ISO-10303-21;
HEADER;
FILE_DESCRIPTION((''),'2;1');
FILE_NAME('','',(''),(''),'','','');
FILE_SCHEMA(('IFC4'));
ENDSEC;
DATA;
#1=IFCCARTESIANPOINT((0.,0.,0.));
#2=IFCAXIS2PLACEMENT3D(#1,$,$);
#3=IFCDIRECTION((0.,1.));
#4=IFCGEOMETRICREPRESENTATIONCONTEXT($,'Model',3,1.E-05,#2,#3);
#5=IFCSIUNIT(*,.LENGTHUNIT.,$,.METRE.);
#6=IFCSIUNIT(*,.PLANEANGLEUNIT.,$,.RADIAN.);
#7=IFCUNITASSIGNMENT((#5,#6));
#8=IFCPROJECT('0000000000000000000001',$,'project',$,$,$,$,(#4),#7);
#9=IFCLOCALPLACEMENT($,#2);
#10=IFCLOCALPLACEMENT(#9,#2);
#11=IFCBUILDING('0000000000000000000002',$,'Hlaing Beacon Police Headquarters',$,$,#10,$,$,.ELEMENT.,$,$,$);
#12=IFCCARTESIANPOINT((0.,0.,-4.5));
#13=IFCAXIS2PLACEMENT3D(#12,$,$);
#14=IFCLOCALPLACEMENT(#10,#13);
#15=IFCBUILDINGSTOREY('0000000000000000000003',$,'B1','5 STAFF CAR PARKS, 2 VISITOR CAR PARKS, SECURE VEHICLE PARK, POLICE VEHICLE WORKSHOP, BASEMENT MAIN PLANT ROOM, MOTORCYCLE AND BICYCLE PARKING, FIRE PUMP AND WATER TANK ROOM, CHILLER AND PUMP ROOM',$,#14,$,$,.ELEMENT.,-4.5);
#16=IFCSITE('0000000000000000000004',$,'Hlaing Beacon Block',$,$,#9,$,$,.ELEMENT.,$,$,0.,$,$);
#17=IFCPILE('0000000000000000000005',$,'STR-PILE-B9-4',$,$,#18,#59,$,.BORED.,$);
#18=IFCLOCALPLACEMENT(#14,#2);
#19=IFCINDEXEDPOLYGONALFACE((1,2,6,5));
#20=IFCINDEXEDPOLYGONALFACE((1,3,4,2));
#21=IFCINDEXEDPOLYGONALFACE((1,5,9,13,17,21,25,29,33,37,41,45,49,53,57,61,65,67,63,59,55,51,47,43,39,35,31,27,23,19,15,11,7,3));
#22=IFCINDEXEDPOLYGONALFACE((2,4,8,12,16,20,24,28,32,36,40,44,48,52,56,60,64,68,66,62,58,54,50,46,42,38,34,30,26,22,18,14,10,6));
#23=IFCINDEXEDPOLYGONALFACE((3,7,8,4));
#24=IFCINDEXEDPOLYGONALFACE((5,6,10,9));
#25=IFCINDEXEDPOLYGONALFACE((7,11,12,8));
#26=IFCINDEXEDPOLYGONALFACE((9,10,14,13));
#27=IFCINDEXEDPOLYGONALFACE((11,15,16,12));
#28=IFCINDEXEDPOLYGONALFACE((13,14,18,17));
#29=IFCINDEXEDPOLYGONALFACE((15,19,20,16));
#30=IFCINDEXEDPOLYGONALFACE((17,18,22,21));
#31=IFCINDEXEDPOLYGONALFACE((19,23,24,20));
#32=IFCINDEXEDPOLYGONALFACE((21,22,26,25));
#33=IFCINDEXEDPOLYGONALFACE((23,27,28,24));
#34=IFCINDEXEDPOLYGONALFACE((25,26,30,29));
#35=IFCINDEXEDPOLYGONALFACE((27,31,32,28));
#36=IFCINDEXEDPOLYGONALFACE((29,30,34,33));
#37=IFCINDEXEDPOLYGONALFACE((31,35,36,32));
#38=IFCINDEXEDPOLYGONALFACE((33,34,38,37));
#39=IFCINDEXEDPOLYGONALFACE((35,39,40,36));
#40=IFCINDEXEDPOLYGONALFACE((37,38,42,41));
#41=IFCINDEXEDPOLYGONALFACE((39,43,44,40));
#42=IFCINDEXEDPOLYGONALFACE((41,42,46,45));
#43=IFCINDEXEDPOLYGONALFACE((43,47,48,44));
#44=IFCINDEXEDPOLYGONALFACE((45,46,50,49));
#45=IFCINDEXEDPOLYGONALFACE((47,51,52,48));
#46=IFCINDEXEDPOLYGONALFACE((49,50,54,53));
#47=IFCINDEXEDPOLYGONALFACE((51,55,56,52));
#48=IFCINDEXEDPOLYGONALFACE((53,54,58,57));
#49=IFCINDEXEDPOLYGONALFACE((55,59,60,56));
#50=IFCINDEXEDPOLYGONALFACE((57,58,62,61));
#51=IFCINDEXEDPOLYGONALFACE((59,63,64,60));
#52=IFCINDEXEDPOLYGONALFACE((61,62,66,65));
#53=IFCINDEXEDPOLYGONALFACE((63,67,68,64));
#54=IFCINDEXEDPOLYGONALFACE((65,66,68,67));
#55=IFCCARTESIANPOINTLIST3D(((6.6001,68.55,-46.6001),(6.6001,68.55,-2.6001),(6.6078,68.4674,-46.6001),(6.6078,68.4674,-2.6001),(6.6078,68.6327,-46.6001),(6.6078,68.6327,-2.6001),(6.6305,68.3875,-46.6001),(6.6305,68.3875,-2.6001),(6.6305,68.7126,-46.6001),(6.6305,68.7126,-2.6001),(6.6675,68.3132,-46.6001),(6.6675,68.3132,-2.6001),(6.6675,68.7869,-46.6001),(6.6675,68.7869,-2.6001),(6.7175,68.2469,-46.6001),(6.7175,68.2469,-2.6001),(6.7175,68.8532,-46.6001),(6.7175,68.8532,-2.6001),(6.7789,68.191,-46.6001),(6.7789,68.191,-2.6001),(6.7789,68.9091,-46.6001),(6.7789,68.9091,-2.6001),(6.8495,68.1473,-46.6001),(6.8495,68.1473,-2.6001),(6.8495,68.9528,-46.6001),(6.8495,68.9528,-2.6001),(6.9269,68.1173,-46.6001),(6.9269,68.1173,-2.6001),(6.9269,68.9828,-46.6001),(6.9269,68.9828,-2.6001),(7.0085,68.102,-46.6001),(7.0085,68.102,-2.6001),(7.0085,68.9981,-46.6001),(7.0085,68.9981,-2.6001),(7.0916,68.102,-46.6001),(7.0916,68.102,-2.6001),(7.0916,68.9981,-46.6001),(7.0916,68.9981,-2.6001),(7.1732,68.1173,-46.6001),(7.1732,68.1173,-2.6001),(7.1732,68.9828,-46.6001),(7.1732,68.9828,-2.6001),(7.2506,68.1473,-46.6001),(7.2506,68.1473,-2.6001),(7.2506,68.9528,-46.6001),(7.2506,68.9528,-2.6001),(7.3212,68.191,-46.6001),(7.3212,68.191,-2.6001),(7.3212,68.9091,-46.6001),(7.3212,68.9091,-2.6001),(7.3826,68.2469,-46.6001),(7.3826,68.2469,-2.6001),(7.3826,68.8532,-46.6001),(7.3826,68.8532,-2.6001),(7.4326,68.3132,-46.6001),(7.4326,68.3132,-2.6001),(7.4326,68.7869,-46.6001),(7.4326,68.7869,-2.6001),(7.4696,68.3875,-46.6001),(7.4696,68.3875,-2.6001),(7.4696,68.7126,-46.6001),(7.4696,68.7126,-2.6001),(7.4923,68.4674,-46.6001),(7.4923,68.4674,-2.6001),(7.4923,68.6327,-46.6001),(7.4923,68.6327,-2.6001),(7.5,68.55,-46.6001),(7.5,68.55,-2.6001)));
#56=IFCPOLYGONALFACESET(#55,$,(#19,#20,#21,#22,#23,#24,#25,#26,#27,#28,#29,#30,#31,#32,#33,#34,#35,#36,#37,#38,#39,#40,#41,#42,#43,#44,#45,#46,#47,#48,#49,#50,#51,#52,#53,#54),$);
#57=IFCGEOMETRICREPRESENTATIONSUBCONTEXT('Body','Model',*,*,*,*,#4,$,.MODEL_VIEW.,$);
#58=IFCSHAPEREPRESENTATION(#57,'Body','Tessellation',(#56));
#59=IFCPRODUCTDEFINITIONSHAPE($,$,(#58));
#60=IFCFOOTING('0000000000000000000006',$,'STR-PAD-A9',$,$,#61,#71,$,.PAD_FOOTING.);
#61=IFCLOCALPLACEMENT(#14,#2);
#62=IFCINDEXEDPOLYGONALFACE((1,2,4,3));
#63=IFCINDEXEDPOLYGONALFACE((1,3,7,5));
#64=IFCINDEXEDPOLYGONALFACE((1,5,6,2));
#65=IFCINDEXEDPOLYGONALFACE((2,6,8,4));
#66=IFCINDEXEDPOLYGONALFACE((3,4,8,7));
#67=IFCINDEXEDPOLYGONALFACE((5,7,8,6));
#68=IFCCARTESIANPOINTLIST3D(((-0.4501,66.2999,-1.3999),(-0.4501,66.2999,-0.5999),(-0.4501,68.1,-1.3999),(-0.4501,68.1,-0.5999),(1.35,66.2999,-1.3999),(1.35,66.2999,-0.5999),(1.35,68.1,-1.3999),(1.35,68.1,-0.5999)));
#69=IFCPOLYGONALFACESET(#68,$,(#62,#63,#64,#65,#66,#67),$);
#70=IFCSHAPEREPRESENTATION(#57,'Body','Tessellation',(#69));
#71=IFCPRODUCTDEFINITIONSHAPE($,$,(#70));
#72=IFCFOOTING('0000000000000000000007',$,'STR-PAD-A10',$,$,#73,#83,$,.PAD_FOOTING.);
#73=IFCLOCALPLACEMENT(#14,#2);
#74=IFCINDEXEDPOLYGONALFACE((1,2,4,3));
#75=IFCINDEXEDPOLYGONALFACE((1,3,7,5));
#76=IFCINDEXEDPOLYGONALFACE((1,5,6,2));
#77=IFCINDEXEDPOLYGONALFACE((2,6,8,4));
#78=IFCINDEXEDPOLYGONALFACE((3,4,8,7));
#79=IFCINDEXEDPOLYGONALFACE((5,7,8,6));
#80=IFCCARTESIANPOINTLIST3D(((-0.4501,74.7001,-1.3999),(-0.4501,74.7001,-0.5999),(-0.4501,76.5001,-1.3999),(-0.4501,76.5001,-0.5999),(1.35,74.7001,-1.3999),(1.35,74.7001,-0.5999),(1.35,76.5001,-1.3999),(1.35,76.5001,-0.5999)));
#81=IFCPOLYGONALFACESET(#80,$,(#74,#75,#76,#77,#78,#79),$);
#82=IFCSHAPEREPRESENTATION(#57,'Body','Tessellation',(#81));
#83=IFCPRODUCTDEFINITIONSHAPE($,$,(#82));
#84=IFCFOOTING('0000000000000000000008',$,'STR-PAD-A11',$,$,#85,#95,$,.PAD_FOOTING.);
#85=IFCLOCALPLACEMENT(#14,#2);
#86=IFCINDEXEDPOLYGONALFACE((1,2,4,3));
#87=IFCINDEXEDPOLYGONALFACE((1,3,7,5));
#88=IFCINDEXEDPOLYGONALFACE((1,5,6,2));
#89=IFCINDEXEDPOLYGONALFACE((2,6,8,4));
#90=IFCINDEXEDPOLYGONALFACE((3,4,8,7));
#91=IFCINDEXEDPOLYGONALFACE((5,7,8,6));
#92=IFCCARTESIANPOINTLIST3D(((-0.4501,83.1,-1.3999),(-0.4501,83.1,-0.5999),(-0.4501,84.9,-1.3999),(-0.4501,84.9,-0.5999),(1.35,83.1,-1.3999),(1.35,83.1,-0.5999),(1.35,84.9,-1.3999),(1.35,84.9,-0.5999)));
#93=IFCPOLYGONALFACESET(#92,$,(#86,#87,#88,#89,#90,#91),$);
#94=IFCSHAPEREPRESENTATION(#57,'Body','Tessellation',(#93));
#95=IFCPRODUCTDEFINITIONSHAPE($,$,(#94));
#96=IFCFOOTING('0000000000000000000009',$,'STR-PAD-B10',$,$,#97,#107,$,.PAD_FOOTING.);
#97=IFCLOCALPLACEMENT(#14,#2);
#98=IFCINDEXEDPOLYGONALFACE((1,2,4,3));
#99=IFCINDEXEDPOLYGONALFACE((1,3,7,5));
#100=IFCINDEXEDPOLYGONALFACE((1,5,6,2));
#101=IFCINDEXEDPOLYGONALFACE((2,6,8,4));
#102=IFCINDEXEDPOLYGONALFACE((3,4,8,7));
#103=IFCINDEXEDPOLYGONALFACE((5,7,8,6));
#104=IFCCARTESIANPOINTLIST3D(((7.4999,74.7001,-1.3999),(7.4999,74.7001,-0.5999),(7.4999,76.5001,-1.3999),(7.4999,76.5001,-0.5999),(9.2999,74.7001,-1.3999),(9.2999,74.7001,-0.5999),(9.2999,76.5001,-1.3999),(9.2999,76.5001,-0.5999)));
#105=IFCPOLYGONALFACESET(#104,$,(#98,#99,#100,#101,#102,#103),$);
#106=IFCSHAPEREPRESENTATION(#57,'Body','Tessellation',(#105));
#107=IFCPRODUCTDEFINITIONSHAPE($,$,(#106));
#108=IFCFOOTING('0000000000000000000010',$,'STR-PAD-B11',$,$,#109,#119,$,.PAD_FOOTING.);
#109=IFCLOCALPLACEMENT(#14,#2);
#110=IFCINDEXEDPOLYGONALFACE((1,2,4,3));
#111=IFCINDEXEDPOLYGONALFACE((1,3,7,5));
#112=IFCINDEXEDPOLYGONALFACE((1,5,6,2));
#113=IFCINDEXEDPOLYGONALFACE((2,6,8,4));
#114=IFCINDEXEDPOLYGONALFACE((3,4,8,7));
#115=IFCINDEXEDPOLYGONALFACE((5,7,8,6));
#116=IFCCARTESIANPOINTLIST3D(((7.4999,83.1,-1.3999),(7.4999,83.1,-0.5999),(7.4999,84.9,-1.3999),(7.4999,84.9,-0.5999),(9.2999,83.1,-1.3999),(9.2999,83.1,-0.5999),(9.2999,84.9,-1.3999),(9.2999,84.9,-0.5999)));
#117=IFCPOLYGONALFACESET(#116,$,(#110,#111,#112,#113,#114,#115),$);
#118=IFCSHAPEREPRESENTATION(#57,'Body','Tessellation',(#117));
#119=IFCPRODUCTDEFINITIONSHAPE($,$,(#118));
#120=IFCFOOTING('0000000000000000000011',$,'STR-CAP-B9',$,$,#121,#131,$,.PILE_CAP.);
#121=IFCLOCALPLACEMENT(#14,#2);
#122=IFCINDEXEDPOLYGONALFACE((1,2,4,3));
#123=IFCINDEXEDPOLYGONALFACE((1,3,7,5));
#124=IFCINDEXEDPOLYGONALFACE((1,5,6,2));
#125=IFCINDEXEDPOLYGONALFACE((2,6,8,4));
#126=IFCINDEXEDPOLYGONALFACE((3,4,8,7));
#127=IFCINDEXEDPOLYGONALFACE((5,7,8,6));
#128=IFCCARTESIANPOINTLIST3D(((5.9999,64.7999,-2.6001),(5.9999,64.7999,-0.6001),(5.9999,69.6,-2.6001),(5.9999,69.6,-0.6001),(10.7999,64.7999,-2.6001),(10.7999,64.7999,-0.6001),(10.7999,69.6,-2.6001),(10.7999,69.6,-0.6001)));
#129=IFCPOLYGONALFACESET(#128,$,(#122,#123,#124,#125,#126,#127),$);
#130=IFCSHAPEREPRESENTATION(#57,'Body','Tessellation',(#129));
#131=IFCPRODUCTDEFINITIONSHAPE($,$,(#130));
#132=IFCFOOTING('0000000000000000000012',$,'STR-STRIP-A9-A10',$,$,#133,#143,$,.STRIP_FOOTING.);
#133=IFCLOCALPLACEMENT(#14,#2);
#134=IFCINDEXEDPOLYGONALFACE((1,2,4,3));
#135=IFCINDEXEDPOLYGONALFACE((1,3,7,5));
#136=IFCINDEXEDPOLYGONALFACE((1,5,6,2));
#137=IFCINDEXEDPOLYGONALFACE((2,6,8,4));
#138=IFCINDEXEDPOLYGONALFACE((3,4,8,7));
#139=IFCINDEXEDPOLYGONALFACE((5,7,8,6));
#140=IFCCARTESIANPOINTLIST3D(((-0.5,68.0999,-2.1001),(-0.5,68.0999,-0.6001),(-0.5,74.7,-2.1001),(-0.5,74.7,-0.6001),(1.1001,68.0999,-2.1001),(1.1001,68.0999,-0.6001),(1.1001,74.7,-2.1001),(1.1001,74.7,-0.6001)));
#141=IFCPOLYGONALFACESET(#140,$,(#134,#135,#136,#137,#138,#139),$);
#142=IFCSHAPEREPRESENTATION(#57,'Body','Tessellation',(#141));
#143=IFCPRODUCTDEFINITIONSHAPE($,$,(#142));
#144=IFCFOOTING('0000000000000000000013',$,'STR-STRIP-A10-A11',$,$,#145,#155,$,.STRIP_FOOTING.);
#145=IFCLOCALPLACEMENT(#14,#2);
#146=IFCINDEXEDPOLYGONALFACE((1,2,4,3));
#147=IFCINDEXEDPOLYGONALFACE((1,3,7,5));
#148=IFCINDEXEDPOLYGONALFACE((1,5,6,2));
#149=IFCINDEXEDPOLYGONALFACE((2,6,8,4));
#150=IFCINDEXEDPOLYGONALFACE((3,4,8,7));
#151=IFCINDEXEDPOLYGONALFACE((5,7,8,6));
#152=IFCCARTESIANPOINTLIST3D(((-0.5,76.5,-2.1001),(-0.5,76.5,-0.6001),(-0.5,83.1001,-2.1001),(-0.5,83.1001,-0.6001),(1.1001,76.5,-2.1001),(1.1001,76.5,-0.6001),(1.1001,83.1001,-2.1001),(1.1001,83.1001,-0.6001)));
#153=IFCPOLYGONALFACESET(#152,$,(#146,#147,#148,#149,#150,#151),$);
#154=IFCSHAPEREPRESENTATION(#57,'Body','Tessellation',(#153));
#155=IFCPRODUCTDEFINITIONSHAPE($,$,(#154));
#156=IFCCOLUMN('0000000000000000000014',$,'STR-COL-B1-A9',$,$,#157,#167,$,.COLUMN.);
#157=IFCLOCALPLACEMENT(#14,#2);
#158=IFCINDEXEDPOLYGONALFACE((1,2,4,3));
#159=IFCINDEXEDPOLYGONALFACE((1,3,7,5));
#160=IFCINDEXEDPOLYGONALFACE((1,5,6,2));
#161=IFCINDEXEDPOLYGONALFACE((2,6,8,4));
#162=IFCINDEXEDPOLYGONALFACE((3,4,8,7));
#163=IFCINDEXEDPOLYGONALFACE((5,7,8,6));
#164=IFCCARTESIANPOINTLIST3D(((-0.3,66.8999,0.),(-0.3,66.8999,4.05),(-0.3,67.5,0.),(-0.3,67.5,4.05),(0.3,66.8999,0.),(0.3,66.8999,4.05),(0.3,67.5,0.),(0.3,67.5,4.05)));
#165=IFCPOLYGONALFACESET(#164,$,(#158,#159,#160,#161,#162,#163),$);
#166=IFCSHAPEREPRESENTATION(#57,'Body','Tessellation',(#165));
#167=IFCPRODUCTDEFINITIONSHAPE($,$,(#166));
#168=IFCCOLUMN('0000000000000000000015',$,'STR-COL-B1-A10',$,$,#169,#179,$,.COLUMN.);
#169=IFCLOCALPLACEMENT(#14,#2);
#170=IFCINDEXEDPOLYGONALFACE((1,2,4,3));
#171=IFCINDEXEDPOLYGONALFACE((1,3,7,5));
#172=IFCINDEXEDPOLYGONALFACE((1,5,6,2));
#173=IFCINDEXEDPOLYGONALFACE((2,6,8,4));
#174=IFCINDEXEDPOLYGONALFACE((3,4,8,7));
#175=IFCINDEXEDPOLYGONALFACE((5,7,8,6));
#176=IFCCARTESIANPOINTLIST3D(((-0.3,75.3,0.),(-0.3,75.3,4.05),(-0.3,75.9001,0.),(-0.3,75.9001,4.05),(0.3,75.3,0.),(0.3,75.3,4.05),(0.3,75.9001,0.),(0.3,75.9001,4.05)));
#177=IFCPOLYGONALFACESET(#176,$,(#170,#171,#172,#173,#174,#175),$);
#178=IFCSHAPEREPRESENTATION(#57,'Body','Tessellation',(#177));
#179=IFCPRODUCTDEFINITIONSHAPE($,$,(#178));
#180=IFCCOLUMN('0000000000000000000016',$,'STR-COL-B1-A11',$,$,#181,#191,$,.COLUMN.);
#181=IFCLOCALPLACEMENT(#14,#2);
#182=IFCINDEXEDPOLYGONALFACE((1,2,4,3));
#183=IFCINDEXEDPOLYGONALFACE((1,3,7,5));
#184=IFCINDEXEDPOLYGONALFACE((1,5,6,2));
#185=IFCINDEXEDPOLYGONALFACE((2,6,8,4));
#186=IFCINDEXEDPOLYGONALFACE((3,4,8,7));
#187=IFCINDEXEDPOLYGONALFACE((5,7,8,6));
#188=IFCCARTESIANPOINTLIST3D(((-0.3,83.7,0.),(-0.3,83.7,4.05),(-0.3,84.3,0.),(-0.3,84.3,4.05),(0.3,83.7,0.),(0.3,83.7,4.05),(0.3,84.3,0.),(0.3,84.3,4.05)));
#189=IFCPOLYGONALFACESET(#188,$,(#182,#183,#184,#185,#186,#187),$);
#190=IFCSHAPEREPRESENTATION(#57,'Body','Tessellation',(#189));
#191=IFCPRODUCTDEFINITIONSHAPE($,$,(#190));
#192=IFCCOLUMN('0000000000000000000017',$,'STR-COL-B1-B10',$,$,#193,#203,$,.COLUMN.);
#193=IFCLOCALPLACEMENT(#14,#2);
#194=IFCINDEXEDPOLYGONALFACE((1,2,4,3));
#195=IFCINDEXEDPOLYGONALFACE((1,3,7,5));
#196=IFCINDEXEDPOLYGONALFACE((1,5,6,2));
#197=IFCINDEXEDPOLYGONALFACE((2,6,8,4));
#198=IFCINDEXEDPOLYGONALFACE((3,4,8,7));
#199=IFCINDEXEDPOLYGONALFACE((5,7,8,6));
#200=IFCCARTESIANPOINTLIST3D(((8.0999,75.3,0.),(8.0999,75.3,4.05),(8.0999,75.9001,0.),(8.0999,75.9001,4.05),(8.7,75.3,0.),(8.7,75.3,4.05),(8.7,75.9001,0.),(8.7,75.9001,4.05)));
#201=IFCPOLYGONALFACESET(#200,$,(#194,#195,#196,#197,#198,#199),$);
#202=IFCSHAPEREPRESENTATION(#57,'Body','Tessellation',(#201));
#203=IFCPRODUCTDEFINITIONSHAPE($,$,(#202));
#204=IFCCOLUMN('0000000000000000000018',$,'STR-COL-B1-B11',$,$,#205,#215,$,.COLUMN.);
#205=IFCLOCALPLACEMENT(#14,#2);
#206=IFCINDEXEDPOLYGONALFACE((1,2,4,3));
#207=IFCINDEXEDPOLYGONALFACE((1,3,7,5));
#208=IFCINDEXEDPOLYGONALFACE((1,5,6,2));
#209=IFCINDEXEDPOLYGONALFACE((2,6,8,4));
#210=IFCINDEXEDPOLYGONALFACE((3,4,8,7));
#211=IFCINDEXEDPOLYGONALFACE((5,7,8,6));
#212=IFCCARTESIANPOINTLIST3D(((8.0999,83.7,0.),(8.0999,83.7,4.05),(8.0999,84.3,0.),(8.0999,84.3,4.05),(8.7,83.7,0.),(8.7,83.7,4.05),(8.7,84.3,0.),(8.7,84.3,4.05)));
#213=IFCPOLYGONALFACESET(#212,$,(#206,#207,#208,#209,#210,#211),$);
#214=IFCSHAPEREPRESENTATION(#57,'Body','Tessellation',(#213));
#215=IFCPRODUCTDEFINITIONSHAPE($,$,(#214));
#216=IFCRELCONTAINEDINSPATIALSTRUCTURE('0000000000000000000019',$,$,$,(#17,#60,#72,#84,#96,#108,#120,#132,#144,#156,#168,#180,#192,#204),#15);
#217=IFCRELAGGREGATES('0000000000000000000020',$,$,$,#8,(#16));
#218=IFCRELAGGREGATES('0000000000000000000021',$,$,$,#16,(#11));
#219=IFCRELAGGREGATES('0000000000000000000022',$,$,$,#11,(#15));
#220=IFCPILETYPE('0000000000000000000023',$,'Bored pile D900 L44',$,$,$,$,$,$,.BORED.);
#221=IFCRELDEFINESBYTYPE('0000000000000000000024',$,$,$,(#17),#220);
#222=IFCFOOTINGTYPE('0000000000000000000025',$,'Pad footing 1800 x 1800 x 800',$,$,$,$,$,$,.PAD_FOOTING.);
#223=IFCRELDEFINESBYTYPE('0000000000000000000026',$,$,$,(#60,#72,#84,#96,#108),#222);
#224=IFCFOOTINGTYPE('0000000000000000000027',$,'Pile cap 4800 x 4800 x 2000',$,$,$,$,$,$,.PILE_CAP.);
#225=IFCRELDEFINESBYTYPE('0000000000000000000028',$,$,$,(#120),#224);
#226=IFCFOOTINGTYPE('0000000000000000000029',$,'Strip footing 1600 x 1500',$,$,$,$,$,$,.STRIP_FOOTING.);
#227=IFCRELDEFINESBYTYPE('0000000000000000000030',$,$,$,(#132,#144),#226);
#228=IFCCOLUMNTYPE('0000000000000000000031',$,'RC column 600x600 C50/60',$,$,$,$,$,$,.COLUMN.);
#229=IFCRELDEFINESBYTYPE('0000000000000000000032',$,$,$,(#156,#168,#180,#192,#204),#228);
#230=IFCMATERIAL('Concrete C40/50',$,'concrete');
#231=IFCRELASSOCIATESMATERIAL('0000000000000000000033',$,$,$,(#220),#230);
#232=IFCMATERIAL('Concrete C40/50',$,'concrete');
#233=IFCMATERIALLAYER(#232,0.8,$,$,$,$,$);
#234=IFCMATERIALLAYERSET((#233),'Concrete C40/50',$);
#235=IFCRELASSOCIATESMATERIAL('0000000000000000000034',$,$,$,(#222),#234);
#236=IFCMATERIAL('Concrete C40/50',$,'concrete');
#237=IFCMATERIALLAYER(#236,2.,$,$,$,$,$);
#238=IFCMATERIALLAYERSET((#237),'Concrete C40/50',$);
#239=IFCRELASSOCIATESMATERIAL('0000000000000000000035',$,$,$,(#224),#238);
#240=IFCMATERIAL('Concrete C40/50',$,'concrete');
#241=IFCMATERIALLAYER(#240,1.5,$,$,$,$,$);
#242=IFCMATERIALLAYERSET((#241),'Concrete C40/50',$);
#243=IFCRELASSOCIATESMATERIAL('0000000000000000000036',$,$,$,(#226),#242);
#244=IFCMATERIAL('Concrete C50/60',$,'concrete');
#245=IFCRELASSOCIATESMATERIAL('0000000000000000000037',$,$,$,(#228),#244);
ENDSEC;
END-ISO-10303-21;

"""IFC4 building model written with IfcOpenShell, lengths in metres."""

from ifc_helpers import new_model, si_unit, direction, frame, origin, origin_2d, place, context, subcontext, project, spatial, rectangle, circle, extrude, material, layer, layer_set, material_profile, profile_set, type_object, element, save


model = new_model("IFC4")

# Units and contexts
model_context = context("Model", 3, precision=1e-05, world=origin(), true_north=direction((0.0, 1.0)))
body_context = subcontext(model_context, "Body", "Model", "MODEL_VIEW")
ifc_project = project(units=[si_unit("LENGTHUNIT", "METRE"), si_unit("PLANEANGLEUNIT", "RADIAN")], contexts=[model_context])

# Site, building, storey
site_placement = place(None, origin())
site = spatial("IfcSite", under=ifc_project, at=site_placement, Name="Hlaing Beacon Block", CompositionType="ELEMENT", RefElevation=0.0)
building_placement = place(site_placement, origin())
building = spatial("IfcBuilding", under=site, at=building_placement, Name="Hlaing Beacon Police Headquarters", CompositionType="ELEMENT")
storey_placement = place(building_placement, frame((0.0, 0.0, -4.5)))
storey = spatial("IfcBuildingStorey", under=building, at=storey_placement, Name="B1", Description="5 STAFF CAR PARKS, 2 VISITOR CAR PARKS, SECURE VEHICLE PARK, POLICE VEHICLE WORKSHOP, BASEMENT MAIN PLANT ROOM, MOTORCYCLE AND BICYCLE PARKING, FIRE PUMP AND WATER TANK ROOM, CHILLER AND PUMP ROOM", CompositionType="ELEMENT", Elevation=-4.5)

# Pile
ifc_material_1 = material(Name="Concrete C40/50", Category="concrete")
ifc_material_profile_1 = material_profile(ifc_material_1, circle(Radius=0.45, at=origin_2d()), Name="D900")
ifc_profile_set_1 = profile_set([ifc_material_profile_1], Name="Concrete C40/50")
pile_type_1 = type_object("IfcPileType", Name="Bored pile D900 L44", PredefinedType="BORED", material=ifc_profile_set_1)
pile_placement = place(storey_placement, frame((7.05, 68.55, -2.6001), z_axis=(0.0, 0.0, -1.0), x_axis=(1.0, 0.0, 0.0)))
element("IfcPile", 1, at=pile_placement, inside=storey, type_object=pile_type_1, Name="STR-PILE-B9-4", PredefinedType="BORED", context=body_context, shape_type="SweptSolid", body=[
    extrude(circle(Radius=0.45, at=origin_2d()), origin(), (0.0, 0.0, 1.0), 44.0),
])

# Footings
ifc_material_2 = material(Name="Concrete C40/50", Category="concrete")
ifc_layer_1 = layer(ifc_material_2, 0.8)
ifc_layer_set_1 = layer_set([ifc_layer_1], Name="Concrete C40/50")
footing_type_1 = type_object("IfcFootingType", Name="Pad footing 1800 x 1800 x 800", PredefinedType="PAD_FOOTING", material=ifc_layer_set_1)
for number, where, z_axis, x_axis, name in (
    (2, (0.45, 67.2, -1.3999), (0.0, 0.0, 1.0), (1.0, 0.0, 0.0), "STR-PAD-A9"),
    (3, (0.45, 75.6001, -1.3999), (0.0, 0.0, 1.0), (1.0, 0.0, 0.0), "STR-PAD-A10"),
    (4, (0.45, 84.0, -1.3999), (0.0, 0.0, 1.0), (1.0, 0.0, 0.0), "STR-PAD-A11"),
    (5, (8.3999, 75.6001, -1.3999), (0.0, 0.0, 1.0), (1.0, 0.0, 0.0), "STR-PAD-B10"),
    (6, (8.3999, 84.0, -1.3999), (0.0, 0.0, 1.0), (1.0, 0.0, 0.0), "STR-PAD-B11"),
):
    element("IfcFooting", number, at=place(storey_placement, frame(where, z_axis=z_axis, x_axis=x_axis)), inside=storey, type_object=footing_type_1, Name=name, PredefinedType="PAD_FOOTING", context=body_context, shape_type="SweptSolid", body=[
        extrude(rectangle(XDim=1.8, YDim=1.8, at=origin_2d()), origin(), (0.0, 0.0, 1.0), 0.8),
    ])
ifc_material_3 = material(Name="Concrete C40/50", Category="concrete")
ifc_layer_2 = layer(ifc_material_3, 2.0)
ifc_layer_set_2 = layer_set([ifc_layer_2], Name="Concrete C40/50")
footing_type_2 = type_object("IfcFootingType", Name="Pile cap 4800 x 4800 x 2000", PredefinedType="PILE_CAP", material=ifc_layer_set_2)
footing_placement = place(storey_placement, frame((8.3999, 67.2, -2.6001), z_axis=(0.0, 0.0, 1.0), x_axis=(1.0, 0.0, 0.0)))
element("IfcFooting", 7, at=footing_placement, inside=storey, type_object=footing_type_2, Name="STR-CAP-B9", PredefinedType="PILE_CAP", context=body_context, shape_type="SweptSolid", body=[
    extrude(rectangle(XDim=4.8, YDim=4.8, at=origin_2d()), origin(), (0.0, 0.0, 1.0), 2.0),
])
ifc_material_4 = material(Name="Concrete C40/50", Category="concrete")
ifc_layer_3 = layer(ifc_material_4, 1.5)
ifc_layer_set_3 = layer_set([ifc_layer_3], Name="Concrete C40/50")
footing_type_3 = type_object("IfcFootingType", Name="Strip footing 1600 x 1500", PredefinedType="STRIP_FOOTING", material=ifc_layer_set_3)
for number, where, z_axis, x_axis, name in (
    (8, (0.3, 71.3999, -2.1001), (0.0, 0.0, 1.0), (1.0, 0.0, 0.0), "STR-STRIP-A9-A10"),
    (9, (0.3, 79.8, -2.1001), (0.0, 0.0, 1.0), (1.0, 0.0, 0.0), "STR-STRIP-A10-A11"),
):
    element("IfcFooting", number, at=place(storey_placement, frame(where, z_axis=z_axis, x_axis=x_axis)), inside=storey, type_object=footing_type_3, Name=name, PredefinedType="STRIP_FOOTING", context=body_context, shape_type="SweptSolid", body=[
        extrude(rectangle(XDim=1.6001, YDim=6.6001, at=origin_2d()), origin(), (0.0, 0.0, 1.0), 1.5),
    ])

# Columns
ifc_material_5 = material(Name="Concrete C50/60", Category="concrete")
ifc_material_profile_2 = material_profile(ifc_material_5, rectangle(XDim=0.6001, YDim=0.6001, at=origin_2d()), Name="600x600")
ifc_profile_set_2 = profile_set([ifc_material_profile_2], Name="Concrete C50/60")
column_type_1 = type_object("IfcColumnType", Name="RC column 600x600 C50/60", PredefinedType="COLUMN", material=ifc_profile_set_2)
for number, where, z_axis, x_axis, name in (
    (10, (0.0, 67.2, 0.0), (0.0, 0.0, 1.0), (1.0, 0.0, 0.0), "STR-COL-B1-A9"),
    (11, (0.0, 75.6001, 0.0), (0.0, 0.0, 1.0), (1.0, 0.0, 0.0), "STR-COL-B1-A10"),
    (12, (0.0, 84.0, 0.0), (0.0, 0.0, 1.0), (1.0, 0.0, 0.0), "STR-COL-B1-A11"),
    (13, (8.3999, 75.6001, 0.0), (0.0, 0.0, 1.0), (1.0, 0.0, 0.0), "STR-COL-B1-B10"),
    (14, (8.3999, 84.0, 0.0), (0.0, 0.0, 1.0), (1.0, 0.0, 0.0), "STR-COL-B1-B11"),
):
    element("IfcColumn", number, at=place(storey_placement, frame(where, z_axis=z_axis, x_axis=x_axis)), inside=storey, type_object=column_type_1, Name=name, PredefinedType="COLUMN", context=body_context, shape_type="SweptSolid", body=[
        extrude(rectangle(XDim=0.6001, YDim=0.6001, at=origin_2d()), origin(), (0.0, 0.0, 1.0), 4.05),
    ])

save(model, "model.ifc")
